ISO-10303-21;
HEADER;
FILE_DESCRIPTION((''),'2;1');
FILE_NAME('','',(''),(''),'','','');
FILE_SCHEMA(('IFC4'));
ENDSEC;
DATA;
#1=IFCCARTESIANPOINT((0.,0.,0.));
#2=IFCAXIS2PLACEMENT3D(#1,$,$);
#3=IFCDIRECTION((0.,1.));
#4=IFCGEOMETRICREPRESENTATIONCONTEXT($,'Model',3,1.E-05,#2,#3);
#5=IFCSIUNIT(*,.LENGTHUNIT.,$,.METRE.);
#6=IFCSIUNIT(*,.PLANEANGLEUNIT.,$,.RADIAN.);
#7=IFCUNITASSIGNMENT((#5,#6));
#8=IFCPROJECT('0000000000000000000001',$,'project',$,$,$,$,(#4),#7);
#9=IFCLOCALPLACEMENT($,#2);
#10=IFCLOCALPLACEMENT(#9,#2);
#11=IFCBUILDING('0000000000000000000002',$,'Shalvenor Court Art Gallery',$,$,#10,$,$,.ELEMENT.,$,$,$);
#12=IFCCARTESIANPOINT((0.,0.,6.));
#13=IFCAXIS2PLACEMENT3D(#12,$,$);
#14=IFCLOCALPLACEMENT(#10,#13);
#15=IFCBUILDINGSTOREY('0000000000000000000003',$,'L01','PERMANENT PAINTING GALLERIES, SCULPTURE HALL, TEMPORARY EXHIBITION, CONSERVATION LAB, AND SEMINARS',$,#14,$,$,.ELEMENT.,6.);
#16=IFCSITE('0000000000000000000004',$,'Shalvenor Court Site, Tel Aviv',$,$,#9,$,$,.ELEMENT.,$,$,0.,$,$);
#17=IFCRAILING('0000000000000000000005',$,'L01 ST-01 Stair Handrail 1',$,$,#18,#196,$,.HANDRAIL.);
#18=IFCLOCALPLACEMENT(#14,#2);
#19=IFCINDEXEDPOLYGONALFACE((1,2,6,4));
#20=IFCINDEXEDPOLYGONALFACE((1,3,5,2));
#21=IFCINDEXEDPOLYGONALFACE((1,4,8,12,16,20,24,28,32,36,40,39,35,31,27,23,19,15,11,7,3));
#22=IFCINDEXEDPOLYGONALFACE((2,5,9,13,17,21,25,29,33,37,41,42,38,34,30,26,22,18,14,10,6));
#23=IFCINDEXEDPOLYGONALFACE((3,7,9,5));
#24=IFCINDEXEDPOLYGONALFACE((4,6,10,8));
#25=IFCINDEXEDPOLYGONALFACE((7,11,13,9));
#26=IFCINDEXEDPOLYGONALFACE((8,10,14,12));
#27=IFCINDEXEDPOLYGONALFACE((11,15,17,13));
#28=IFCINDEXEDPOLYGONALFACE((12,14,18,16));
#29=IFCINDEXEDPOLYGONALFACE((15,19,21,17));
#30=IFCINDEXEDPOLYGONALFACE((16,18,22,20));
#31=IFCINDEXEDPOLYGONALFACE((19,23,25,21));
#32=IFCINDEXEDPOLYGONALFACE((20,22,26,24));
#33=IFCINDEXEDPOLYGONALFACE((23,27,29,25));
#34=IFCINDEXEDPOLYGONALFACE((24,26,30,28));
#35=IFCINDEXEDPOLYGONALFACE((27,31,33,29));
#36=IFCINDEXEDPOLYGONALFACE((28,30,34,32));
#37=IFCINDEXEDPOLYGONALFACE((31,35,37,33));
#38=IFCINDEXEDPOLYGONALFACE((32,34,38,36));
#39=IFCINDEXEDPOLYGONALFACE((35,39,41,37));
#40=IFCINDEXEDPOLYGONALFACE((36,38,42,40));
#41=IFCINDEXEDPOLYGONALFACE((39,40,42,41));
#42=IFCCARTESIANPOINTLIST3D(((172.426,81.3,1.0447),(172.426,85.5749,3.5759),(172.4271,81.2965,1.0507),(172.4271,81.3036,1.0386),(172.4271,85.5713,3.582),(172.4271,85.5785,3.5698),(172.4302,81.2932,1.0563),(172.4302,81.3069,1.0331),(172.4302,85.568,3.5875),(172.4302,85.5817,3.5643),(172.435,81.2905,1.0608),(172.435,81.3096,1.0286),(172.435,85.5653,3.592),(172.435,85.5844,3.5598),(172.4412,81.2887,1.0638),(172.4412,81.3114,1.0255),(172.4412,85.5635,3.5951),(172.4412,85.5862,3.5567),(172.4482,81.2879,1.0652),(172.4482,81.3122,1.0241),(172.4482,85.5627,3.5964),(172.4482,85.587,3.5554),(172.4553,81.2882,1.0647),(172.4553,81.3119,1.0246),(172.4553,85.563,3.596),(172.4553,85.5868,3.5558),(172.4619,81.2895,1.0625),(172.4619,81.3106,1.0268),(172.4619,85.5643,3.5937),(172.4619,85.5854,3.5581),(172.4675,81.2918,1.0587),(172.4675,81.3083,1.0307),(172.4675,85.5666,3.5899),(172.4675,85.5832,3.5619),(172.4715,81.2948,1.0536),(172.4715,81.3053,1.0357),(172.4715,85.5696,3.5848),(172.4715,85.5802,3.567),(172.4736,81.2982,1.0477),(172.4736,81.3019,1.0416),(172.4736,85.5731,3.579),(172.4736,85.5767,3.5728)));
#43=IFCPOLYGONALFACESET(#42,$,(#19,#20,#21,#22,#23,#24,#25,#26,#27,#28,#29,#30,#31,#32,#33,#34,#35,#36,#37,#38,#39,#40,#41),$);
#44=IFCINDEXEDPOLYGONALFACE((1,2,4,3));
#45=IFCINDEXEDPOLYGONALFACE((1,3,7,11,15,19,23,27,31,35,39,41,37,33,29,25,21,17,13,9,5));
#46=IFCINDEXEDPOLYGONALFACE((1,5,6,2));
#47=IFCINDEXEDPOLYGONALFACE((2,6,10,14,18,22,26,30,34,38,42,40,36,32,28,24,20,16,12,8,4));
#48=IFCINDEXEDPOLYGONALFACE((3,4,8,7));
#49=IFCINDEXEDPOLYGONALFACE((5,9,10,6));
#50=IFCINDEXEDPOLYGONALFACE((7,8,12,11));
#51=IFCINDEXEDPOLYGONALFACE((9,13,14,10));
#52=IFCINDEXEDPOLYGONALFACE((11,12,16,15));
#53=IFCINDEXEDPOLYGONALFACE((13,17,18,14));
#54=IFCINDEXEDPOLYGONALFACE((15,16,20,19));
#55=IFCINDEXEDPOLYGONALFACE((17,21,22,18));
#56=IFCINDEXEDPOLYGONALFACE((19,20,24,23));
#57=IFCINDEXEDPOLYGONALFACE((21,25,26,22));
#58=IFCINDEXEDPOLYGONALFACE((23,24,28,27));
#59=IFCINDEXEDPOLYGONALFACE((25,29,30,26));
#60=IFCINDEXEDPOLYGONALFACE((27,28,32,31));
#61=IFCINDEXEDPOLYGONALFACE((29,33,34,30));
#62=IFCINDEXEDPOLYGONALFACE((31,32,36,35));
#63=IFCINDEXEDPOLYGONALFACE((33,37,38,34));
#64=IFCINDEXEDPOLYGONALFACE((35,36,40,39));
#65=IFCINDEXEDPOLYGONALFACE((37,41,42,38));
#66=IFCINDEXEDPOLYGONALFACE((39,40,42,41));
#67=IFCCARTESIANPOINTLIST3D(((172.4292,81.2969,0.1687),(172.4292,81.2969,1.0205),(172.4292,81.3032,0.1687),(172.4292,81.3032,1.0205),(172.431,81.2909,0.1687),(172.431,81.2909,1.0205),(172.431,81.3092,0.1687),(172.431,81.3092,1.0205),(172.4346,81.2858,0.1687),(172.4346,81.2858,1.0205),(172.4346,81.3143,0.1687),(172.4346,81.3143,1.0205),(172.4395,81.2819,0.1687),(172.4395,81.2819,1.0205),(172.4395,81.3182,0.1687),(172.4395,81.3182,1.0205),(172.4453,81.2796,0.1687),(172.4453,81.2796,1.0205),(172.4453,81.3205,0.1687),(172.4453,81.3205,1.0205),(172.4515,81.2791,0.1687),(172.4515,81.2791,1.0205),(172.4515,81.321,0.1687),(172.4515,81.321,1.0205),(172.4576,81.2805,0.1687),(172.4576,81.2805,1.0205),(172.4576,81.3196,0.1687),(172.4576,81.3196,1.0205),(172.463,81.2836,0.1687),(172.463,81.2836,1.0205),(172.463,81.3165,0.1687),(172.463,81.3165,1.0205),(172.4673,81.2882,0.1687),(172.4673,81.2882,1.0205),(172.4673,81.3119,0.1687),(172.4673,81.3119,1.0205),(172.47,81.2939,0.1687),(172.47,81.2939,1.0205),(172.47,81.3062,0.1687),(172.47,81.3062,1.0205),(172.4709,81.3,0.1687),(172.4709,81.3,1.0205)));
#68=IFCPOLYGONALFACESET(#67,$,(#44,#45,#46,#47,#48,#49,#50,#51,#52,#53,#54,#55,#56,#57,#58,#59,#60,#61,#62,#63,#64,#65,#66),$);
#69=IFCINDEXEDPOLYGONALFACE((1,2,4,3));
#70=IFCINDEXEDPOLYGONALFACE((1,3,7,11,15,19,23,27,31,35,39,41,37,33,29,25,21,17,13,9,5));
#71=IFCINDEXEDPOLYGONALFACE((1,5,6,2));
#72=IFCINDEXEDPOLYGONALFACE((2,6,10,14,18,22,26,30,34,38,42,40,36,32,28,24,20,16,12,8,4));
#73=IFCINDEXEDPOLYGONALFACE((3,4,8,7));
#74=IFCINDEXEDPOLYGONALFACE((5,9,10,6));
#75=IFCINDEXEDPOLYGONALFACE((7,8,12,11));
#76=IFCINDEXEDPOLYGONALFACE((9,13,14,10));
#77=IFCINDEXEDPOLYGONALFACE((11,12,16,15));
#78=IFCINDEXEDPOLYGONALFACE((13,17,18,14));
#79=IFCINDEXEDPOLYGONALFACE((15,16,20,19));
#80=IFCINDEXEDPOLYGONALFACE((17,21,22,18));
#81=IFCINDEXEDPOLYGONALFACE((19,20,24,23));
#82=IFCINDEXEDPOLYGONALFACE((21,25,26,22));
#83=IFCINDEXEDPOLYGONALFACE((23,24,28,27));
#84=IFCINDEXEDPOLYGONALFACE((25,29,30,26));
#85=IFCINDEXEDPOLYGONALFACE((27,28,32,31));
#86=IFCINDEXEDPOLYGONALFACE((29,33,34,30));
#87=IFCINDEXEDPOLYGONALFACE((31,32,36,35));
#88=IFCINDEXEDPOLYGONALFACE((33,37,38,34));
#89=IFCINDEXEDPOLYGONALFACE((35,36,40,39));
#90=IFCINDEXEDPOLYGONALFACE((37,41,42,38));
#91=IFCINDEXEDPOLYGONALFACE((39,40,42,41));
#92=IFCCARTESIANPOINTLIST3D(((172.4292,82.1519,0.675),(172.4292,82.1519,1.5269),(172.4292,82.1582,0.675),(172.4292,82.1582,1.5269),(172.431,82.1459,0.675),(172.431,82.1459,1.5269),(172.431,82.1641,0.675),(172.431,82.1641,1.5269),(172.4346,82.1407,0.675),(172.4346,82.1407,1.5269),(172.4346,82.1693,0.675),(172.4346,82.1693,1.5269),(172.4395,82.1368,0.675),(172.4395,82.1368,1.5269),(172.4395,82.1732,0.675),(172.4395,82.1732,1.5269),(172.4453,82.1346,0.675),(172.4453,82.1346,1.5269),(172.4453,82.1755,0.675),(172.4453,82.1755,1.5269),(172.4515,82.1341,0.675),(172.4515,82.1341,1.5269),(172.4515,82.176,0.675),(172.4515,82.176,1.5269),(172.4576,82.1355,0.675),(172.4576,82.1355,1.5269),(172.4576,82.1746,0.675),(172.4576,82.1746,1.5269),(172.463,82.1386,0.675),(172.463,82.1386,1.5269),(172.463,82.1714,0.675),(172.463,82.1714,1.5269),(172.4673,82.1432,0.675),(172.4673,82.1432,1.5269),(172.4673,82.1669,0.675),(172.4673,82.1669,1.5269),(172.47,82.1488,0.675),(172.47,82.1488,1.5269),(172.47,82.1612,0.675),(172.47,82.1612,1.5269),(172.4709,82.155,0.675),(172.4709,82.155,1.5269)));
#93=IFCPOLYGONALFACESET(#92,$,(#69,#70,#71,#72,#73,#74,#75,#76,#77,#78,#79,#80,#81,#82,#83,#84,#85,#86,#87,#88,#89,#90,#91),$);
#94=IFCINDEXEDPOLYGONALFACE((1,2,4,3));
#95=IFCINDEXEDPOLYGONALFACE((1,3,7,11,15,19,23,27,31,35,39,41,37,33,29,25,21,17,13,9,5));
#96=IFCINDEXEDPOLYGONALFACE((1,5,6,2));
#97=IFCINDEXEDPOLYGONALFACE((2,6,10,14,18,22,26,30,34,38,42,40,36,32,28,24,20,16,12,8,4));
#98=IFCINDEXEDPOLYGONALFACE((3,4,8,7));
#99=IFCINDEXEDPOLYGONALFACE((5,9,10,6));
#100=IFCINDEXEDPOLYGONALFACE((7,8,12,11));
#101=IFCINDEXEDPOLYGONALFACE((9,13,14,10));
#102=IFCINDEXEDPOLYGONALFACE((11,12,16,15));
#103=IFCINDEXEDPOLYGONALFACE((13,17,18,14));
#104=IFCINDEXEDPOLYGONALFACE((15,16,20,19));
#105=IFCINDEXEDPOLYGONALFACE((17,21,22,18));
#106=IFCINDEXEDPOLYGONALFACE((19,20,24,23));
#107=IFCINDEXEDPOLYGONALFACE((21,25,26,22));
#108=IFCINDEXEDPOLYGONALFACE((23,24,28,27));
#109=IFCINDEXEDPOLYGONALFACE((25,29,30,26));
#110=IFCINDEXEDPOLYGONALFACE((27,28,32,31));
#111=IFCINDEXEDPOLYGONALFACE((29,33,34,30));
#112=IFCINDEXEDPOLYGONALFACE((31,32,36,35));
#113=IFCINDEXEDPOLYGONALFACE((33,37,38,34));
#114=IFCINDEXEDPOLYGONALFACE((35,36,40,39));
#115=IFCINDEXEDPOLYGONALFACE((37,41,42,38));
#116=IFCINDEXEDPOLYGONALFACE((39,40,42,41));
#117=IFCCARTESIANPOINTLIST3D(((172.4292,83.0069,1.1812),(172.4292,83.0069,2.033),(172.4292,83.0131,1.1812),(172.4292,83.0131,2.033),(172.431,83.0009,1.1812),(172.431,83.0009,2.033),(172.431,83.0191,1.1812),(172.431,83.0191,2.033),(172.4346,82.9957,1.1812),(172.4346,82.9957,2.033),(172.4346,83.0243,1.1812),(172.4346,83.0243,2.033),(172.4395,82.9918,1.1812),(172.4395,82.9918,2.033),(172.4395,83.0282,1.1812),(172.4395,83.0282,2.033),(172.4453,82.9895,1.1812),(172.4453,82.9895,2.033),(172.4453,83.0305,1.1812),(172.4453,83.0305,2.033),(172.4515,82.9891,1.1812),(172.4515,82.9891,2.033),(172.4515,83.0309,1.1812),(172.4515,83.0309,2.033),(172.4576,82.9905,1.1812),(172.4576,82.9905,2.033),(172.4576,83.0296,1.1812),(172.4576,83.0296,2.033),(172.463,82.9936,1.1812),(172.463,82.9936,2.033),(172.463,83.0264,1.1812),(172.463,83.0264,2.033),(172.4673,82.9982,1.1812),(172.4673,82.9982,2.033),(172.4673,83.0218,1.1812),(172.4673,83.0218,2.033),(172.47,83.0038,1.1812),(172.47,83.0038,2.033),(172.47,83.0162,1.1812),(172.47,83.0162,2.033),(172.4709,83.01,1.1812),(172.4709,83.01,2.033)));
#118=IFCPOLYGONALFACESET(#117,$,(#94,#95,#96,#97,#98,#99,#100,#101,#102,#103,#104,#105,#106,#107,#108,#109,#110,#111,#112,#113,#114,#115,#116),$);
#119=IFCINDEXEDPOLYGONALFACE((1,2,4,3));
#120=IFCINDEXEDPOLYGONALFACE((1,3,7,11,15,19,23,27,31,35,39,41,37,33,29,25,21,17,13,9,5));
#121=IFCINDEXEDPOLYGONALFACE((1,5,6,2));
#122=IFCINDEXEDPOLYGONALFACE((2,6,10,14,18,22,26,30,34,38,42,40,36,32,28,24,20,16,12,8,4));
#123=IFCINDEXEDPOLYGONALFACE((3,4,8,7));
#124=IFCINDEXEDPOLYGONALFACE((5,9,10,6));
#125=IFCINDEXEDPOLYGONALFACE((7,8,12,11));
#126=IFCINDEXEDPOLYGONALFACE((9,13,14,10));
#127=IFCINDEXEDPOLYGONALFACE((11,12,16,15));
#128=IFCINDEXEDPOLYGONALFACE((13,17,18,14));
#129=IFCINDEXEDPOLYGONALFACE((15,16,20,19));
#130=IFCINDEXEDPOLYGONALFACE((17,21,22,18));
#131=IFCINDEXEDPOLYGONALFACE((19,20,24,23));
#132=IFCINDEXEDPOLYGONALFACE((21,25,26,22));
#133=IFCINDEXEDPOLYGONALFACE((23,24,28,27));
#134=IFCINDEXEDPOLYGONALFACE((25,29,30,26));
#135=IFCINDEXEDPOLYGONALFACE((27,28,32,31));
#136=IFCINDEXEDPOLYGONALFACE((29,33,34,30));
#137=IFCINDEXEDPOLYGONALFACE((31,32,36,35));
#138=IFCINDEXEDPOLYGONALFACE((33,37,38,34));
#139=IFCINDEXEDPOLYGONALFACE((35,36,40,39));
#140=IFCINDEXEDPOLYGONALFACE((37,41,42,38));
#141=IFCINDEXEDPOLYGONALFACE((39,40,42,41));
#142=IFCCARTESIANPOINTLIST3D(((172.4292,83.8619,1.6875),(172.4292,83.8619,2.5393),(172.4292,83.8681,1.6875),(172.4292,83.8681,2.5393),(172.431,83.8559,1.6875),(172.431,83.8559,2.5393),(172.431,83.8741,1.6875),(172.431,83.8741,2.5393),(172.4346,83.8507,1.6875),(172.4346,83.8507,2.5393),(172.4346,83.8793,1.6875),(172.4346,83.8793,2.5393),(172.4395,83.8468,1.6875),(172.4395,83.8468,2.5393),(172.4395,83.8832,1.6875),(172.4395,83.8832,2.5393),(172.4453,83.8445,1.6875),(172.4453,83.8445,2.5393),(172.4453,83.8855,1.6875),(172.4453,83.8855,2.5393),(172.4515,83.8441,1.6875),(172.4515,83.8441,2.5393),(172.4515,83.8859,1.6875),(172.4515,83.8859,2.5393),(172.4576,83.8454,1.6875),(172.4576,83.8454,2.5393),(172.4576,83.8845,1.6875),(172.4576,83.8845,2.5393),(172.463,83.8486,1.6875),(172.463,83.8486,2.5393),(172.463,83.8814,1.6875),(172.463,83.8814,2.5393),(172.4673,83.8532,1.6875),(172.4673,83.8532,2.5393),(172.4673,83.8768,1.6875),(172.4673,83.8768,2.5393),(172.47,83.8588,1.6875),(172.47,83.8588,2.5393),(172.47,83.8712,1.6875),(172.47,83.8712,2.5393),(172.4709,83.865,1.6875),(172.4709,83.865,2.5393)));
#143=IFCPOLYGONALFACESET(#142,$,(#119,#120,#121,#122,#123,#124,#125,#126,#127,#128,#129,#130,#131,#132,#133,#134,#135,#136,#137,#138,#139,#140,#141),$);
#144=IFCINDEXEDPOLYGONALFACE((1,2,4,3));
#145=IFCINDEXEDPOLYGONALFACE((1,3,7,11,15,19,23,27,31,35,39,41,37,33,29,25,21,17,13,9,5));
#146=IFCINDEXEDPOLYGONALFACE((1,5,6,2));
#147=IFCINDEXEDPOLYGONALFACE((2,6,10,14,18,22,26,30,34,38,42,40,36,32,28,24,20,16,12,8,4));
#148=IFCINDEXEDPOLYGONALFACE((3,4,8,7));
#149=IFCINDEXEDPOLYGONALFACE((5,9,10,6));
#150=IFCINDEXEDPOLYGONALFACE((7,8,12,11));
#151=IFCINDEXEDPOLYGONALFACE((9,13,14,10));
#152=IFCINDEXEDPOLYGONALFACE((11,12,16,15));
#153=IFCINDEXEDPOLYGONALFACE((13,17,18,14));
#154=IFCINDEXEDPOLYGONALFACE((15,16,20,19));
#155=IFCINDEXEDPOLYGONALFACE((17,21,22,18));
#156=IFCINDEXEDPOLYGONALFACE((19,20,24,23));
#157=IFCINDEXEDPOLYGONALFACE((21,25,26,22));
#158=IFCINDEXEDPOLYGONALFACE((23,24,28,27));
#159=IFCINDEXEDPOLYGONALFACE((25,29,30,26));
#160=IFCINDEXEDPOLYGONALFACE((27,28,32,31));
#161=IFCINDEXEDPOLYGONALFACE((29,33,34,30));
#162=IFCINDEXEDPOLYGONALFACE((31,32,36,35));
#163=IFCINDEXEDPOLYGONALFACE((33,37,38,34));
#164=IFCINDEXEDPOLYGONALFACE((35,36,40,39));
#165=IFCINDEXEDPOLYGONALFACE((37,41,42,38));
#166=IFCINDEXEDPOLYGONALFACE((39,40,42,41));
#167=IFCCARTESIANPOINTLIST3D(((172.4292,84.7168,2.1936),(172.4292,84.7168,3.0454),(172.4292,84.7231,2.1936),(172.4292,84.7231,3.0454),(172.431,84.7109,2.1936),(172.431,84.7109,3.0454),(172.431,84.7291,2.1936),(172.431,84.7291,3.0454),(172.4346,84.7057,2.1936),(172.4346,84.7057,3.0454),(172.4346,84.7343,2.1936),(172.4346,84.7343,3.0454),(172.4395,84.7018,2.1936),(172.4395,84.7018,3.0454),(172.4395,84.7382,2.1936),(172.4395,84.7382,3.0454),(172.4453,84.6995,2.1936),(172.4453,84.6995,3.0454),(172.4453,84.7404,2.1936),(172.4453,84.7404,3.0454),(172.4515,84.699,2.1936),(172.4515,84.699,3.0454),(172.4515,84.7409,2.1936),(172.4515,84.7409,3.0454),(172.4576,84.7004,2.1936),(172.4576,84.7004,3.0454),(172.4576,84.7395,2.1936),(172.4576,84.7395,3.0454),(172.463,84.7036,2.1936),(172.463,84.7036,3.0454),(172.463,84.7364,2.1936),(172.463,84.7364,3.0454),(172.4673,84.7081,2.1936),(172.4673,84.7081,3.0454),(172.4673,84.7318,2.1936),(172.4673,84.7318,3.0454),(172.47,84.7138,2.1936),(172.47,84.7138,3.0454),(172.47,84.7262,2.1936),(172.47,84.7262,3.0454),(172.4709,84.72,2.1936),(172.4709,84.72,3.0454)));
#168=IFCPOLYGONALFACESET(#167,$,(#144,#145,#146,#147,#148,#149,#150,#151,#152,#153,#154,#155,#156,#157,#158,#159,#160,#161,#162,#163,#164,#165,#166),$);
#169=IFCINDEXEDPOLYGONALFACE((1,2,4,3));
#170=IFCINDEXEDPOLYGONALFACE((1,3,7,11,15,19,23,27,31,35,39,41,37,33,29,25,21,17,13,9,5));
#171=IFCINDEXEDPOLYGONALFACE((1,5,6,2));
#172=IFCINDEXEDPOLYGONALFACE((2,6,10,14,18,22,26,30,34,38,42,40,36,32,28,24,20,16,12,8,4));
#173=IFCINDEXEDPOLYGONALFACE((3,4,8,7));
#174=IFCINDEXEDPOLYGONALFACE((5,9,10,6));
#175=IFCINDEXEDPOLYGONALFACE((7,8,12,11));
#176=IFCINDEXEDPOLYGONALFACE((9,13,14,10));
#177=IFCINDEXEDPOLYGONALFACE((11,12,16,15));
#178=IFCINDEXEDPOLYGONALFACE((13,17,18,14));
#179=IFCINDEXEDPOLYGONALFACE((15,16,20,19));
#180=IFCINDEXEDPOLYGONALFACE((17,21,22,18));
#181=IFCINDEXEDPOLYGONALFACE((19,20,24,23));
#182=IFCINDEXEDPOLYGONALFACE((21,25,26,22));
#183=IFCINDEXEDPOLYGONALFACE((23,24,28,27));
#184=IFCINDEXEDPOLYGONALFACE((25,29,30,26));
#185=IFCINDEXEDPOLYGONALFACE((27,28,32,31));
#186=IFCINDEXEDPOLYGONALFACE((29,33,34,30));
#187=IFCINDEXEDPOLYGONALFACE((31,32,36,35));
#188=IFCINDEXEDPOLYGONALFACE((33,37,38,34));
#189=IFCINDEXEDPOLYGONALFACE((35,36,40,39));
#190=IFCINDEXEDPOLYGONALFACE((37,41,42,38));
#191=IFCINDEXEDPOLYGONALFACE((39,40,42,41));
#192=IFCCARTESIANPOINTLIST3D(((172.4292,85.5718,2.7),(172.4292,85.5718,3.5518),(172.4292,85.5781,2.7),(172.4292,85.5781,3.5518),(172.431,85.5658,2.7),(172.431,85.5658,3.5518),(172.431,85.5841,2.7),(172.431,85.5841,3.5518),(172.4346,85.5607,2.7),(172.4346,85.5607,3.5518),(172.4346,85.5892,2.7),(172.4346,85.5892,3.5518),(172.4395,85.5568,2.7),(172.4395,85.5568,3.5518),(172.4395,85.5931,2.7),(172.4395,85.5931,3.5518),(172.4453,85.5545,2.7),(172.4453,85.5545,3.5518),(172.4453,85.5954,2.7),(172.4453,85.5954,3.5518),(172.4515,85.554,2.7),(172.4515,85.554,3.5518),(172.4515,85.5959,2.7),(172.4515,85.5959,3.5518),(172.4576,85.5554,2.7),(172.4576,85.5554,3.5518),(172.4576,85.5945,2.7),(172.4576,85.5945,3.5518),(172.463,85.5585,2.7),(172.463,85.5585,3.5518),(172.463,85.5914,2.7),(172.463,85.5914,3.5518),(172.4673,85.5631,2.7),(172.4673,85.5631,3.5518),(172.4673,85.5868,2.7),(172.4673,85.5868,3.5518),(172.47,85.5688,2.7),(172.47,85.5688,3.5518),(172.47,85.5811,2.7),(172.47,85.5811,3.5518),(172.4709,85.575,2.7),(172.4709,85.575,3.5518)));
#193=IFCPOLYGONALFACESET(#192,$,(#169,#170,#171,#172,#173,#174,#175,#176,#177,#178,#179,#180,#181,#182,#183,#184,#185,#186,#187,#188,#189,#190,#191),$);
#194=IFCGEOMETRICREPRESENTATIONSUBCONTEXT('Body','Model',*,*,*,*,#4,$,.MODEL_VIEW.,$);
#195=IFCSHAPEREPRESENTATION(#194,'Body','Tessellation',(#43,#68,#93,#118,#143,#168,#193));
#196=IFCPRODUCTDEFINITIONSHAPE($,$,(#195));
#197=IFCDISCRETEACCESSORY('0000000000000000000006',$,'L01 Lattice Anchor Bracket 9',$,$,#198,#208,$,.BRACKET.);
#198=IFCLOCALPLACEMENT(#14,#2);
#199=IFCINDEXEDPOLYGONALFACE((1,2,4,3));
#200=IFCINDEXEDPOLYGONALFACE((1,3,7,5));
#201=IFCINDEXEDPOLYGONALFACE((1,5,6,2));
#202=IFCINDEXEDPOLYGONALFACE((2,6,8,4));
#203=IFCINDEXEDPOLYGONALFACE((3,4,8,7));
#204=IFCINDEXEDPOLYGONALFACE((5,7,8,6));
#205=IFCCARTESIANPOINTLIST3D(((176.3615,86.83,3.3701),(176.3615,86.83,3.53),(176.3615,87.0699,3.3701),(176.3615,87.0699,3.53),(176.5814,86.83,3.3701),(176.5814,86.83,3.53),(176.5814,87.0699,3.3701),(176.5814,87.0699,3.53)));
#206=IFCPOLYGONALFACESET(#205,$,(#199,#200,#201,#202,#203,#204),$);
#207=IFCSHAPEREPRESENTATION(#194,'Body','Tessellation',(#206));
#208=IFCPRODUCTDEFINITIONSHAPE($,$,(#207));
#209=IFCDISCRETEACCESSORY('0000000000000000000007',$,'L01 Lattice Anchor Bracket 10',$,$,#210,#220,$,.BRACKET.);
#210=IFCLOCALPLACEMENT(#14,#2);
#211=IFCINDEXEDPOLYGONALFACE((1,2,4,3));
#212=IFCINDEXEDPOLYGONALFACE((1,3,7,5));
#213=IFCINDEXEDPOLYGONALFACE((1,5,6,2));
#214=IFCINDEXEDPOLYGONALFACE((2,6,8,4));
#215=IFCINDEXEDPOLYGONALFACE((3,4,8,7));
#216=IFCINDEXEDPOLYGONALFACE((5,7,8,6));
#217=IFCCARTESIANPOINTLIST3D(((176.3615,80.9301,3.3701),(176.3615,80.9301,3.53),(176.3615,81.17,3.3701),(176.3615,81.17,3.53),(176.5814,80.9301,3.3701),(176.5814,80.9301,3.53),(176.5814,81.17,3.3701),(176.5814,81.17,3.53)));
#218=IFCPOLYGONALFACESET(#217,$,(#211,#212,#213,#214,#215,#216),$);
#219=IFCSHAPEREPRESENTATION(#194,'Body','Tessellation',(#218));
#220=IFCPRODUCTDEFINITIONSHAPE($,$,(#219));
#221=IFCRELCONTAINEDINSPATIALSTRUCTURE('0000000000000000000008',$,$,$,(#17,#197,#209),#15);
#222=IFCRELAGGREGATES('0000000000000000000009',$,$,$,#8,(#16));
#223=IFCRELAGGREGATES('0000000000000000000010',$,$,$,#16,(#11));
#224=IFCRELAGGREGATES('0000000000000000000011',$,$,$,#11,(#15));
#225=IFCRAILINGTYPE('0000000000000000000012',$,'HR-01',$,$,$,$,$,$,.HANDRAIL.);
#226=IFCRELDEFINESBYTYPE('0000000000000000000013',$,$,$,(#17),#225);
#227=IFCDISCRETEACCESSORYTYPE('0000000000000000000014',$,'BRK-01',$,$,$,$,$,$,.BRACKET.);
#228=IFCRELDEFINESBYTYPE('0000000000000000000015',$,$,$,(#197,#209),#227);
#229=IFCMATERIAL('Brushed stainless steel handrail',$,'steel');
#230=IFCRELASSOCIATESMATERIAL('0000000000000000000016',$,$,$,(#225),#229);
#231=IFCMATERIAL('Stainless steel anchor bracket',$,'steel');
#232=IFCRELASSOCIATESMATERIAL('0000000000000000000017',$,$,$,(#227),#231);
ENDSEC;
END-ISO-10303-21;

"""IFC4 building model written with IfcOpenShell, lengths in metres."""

from ifc_helpers import new_model, si_unit, direction, frame, origin, origin_2d, place, context, subcontext, project, spatial, rectangle, circle, extrude, material, type_object, element, save


model = new_model("IFC4")

# Units and contexts
model_context = context("Model", 3, precision=1e-05, world=origin(), true_north=direction((0.0, 1.0)))
body_context = subcontext(model_context, "Body", "Model", "MODEL_VIEW")
ifc_project = project(units=[si_unit("LENGTHUNIT", "METRE"), si_unit("PLANEANGLEUNIT", "RADIAN")], contexts=[model_context])

# Site, building, storey
site_placement = place(None, origin())
site = spatial("IfcSite", under=ifc_project, at=site_placement, Name="Shalvenor Court Site, Tel Aviv", CompositionType="ELEMENT", RefElevation=0.0)
building_placement = place(site_placement, origin())
building = spatial("IfcBuilding", under=site, at=building_placement, Name="Shalvenor Court Art Gallery", CompositionType="ELEMENT")
storey_placement = place(building_placement, frame((0.0, 0.0, 6.0)))
storey = spatial("IfcBuildingStorey", under=building, at=storey_placement, Name="L01", Description="PERMANENT PAINTING GALLERIES, SCULPTURE HALL, TEMPORARY EXHIBITION, CONSERVATION LAB, AND SEMINARS", CompositionType="ELEMENT", Elevation=6.0)

# Railing
ifc_material_1 = material(Name="Brushed stainless steel handrail", Category="steel")
railing_type = type_object("IfcRailingType", Name="HR-01", PredefinedType="HANDRAIL", material=ifc_material_1)
railing_placement = place(storey_placement, frame((172.45, 81.3, 0.1687)))
element("IfcRailing", 1, at=railing_placement, inside=storey, type_object=railing_type, Name="L01 ST-01 Stair Handrail 1", PredefinedType="HANDRAIL", context=body_context, shape_type="SweptSolid", body=[
    extrude(circle(Radius=0.0239, at=origin_2d()), frame((0.0, 0.0, 0.876), z_axis=(0.0, 0.86047, 0.509501), x_axis=(-1.0, 0.0, 0.0)), (0.0, 0.0, 1.0), 4.968),
    extrude(circle(Radius=0.021, at=origin_2d()), origin(), (0.0, 0.0, 1.0), 0.8518),
    extrude(circle(Radius=0.021, at=origin_2d()), frame((0.0, 0.855, 0.5063)), (0.0, 0.0, 1.0), 0.8518),
    extrude(circle(Radius=0.021, at=origin_2d()), frame((0.0, 1.71, 1.0125)), (0.0, 0.0, 1.0), 0.8518),
    extrude(circle(Radius=0.021, at=origin_2d()), frame((0.0, 2.5649, 1.5188)), (0.0, 0.0, 1.0), 0.8518),
    extrude(circle(Radius=0.021, at=origin_2d()), frame((0.0, 3.4199, 2.0249)), (0.0, 0.0, 1.0), 0.8518),
    extrude(circle(Radius=0.021, at=origin_2d()), frame((0.0, 4.2749, 2.5312)), (0.0, 0.0, 1.0), 0.8518),
])

# Discrete accessories
ifc_material_2 = material(Name="Stainless steel anchor bracket", Category="steel")
discrete_accessory_type = type_object("IfcDiscreteAccessoryType", Name="BRK-01", PredefinedType="BRACKET", material=ifc_material_2)
for number, where, z_axis, x_axis, name in (
    (2, (176.4714, 86.95, 3.3701), (0.0, 0.0, 1.0), (0.0, -1.0, 0.0), "L01 Lattice Anchor Bracket 9"),
    (3, (176.4714, 81.05, 3.3701), (0.0, 0.0, 1.0), (0.0, -1.0, 0.0), "L01 Lattice Anchor Bracket 10"),
):
    element("IfcDiscreteAccessory", number, at=place(storey_placement, frame(where, z_axis=z_axis, x_axis=x_axis)), inside=storey, type_object=discrete_accessory_type, Name=name, PredefinedType="BRACKET", context=body_context, shape_type="SweptSolid", body=[
        extrude(rectangle(XDim=0.24, YDim=0.22, at=origin_2d()), origin(), (0.0, 0.0, 1.0), 0.1599),
    ])

save(model, "model.ifc")
